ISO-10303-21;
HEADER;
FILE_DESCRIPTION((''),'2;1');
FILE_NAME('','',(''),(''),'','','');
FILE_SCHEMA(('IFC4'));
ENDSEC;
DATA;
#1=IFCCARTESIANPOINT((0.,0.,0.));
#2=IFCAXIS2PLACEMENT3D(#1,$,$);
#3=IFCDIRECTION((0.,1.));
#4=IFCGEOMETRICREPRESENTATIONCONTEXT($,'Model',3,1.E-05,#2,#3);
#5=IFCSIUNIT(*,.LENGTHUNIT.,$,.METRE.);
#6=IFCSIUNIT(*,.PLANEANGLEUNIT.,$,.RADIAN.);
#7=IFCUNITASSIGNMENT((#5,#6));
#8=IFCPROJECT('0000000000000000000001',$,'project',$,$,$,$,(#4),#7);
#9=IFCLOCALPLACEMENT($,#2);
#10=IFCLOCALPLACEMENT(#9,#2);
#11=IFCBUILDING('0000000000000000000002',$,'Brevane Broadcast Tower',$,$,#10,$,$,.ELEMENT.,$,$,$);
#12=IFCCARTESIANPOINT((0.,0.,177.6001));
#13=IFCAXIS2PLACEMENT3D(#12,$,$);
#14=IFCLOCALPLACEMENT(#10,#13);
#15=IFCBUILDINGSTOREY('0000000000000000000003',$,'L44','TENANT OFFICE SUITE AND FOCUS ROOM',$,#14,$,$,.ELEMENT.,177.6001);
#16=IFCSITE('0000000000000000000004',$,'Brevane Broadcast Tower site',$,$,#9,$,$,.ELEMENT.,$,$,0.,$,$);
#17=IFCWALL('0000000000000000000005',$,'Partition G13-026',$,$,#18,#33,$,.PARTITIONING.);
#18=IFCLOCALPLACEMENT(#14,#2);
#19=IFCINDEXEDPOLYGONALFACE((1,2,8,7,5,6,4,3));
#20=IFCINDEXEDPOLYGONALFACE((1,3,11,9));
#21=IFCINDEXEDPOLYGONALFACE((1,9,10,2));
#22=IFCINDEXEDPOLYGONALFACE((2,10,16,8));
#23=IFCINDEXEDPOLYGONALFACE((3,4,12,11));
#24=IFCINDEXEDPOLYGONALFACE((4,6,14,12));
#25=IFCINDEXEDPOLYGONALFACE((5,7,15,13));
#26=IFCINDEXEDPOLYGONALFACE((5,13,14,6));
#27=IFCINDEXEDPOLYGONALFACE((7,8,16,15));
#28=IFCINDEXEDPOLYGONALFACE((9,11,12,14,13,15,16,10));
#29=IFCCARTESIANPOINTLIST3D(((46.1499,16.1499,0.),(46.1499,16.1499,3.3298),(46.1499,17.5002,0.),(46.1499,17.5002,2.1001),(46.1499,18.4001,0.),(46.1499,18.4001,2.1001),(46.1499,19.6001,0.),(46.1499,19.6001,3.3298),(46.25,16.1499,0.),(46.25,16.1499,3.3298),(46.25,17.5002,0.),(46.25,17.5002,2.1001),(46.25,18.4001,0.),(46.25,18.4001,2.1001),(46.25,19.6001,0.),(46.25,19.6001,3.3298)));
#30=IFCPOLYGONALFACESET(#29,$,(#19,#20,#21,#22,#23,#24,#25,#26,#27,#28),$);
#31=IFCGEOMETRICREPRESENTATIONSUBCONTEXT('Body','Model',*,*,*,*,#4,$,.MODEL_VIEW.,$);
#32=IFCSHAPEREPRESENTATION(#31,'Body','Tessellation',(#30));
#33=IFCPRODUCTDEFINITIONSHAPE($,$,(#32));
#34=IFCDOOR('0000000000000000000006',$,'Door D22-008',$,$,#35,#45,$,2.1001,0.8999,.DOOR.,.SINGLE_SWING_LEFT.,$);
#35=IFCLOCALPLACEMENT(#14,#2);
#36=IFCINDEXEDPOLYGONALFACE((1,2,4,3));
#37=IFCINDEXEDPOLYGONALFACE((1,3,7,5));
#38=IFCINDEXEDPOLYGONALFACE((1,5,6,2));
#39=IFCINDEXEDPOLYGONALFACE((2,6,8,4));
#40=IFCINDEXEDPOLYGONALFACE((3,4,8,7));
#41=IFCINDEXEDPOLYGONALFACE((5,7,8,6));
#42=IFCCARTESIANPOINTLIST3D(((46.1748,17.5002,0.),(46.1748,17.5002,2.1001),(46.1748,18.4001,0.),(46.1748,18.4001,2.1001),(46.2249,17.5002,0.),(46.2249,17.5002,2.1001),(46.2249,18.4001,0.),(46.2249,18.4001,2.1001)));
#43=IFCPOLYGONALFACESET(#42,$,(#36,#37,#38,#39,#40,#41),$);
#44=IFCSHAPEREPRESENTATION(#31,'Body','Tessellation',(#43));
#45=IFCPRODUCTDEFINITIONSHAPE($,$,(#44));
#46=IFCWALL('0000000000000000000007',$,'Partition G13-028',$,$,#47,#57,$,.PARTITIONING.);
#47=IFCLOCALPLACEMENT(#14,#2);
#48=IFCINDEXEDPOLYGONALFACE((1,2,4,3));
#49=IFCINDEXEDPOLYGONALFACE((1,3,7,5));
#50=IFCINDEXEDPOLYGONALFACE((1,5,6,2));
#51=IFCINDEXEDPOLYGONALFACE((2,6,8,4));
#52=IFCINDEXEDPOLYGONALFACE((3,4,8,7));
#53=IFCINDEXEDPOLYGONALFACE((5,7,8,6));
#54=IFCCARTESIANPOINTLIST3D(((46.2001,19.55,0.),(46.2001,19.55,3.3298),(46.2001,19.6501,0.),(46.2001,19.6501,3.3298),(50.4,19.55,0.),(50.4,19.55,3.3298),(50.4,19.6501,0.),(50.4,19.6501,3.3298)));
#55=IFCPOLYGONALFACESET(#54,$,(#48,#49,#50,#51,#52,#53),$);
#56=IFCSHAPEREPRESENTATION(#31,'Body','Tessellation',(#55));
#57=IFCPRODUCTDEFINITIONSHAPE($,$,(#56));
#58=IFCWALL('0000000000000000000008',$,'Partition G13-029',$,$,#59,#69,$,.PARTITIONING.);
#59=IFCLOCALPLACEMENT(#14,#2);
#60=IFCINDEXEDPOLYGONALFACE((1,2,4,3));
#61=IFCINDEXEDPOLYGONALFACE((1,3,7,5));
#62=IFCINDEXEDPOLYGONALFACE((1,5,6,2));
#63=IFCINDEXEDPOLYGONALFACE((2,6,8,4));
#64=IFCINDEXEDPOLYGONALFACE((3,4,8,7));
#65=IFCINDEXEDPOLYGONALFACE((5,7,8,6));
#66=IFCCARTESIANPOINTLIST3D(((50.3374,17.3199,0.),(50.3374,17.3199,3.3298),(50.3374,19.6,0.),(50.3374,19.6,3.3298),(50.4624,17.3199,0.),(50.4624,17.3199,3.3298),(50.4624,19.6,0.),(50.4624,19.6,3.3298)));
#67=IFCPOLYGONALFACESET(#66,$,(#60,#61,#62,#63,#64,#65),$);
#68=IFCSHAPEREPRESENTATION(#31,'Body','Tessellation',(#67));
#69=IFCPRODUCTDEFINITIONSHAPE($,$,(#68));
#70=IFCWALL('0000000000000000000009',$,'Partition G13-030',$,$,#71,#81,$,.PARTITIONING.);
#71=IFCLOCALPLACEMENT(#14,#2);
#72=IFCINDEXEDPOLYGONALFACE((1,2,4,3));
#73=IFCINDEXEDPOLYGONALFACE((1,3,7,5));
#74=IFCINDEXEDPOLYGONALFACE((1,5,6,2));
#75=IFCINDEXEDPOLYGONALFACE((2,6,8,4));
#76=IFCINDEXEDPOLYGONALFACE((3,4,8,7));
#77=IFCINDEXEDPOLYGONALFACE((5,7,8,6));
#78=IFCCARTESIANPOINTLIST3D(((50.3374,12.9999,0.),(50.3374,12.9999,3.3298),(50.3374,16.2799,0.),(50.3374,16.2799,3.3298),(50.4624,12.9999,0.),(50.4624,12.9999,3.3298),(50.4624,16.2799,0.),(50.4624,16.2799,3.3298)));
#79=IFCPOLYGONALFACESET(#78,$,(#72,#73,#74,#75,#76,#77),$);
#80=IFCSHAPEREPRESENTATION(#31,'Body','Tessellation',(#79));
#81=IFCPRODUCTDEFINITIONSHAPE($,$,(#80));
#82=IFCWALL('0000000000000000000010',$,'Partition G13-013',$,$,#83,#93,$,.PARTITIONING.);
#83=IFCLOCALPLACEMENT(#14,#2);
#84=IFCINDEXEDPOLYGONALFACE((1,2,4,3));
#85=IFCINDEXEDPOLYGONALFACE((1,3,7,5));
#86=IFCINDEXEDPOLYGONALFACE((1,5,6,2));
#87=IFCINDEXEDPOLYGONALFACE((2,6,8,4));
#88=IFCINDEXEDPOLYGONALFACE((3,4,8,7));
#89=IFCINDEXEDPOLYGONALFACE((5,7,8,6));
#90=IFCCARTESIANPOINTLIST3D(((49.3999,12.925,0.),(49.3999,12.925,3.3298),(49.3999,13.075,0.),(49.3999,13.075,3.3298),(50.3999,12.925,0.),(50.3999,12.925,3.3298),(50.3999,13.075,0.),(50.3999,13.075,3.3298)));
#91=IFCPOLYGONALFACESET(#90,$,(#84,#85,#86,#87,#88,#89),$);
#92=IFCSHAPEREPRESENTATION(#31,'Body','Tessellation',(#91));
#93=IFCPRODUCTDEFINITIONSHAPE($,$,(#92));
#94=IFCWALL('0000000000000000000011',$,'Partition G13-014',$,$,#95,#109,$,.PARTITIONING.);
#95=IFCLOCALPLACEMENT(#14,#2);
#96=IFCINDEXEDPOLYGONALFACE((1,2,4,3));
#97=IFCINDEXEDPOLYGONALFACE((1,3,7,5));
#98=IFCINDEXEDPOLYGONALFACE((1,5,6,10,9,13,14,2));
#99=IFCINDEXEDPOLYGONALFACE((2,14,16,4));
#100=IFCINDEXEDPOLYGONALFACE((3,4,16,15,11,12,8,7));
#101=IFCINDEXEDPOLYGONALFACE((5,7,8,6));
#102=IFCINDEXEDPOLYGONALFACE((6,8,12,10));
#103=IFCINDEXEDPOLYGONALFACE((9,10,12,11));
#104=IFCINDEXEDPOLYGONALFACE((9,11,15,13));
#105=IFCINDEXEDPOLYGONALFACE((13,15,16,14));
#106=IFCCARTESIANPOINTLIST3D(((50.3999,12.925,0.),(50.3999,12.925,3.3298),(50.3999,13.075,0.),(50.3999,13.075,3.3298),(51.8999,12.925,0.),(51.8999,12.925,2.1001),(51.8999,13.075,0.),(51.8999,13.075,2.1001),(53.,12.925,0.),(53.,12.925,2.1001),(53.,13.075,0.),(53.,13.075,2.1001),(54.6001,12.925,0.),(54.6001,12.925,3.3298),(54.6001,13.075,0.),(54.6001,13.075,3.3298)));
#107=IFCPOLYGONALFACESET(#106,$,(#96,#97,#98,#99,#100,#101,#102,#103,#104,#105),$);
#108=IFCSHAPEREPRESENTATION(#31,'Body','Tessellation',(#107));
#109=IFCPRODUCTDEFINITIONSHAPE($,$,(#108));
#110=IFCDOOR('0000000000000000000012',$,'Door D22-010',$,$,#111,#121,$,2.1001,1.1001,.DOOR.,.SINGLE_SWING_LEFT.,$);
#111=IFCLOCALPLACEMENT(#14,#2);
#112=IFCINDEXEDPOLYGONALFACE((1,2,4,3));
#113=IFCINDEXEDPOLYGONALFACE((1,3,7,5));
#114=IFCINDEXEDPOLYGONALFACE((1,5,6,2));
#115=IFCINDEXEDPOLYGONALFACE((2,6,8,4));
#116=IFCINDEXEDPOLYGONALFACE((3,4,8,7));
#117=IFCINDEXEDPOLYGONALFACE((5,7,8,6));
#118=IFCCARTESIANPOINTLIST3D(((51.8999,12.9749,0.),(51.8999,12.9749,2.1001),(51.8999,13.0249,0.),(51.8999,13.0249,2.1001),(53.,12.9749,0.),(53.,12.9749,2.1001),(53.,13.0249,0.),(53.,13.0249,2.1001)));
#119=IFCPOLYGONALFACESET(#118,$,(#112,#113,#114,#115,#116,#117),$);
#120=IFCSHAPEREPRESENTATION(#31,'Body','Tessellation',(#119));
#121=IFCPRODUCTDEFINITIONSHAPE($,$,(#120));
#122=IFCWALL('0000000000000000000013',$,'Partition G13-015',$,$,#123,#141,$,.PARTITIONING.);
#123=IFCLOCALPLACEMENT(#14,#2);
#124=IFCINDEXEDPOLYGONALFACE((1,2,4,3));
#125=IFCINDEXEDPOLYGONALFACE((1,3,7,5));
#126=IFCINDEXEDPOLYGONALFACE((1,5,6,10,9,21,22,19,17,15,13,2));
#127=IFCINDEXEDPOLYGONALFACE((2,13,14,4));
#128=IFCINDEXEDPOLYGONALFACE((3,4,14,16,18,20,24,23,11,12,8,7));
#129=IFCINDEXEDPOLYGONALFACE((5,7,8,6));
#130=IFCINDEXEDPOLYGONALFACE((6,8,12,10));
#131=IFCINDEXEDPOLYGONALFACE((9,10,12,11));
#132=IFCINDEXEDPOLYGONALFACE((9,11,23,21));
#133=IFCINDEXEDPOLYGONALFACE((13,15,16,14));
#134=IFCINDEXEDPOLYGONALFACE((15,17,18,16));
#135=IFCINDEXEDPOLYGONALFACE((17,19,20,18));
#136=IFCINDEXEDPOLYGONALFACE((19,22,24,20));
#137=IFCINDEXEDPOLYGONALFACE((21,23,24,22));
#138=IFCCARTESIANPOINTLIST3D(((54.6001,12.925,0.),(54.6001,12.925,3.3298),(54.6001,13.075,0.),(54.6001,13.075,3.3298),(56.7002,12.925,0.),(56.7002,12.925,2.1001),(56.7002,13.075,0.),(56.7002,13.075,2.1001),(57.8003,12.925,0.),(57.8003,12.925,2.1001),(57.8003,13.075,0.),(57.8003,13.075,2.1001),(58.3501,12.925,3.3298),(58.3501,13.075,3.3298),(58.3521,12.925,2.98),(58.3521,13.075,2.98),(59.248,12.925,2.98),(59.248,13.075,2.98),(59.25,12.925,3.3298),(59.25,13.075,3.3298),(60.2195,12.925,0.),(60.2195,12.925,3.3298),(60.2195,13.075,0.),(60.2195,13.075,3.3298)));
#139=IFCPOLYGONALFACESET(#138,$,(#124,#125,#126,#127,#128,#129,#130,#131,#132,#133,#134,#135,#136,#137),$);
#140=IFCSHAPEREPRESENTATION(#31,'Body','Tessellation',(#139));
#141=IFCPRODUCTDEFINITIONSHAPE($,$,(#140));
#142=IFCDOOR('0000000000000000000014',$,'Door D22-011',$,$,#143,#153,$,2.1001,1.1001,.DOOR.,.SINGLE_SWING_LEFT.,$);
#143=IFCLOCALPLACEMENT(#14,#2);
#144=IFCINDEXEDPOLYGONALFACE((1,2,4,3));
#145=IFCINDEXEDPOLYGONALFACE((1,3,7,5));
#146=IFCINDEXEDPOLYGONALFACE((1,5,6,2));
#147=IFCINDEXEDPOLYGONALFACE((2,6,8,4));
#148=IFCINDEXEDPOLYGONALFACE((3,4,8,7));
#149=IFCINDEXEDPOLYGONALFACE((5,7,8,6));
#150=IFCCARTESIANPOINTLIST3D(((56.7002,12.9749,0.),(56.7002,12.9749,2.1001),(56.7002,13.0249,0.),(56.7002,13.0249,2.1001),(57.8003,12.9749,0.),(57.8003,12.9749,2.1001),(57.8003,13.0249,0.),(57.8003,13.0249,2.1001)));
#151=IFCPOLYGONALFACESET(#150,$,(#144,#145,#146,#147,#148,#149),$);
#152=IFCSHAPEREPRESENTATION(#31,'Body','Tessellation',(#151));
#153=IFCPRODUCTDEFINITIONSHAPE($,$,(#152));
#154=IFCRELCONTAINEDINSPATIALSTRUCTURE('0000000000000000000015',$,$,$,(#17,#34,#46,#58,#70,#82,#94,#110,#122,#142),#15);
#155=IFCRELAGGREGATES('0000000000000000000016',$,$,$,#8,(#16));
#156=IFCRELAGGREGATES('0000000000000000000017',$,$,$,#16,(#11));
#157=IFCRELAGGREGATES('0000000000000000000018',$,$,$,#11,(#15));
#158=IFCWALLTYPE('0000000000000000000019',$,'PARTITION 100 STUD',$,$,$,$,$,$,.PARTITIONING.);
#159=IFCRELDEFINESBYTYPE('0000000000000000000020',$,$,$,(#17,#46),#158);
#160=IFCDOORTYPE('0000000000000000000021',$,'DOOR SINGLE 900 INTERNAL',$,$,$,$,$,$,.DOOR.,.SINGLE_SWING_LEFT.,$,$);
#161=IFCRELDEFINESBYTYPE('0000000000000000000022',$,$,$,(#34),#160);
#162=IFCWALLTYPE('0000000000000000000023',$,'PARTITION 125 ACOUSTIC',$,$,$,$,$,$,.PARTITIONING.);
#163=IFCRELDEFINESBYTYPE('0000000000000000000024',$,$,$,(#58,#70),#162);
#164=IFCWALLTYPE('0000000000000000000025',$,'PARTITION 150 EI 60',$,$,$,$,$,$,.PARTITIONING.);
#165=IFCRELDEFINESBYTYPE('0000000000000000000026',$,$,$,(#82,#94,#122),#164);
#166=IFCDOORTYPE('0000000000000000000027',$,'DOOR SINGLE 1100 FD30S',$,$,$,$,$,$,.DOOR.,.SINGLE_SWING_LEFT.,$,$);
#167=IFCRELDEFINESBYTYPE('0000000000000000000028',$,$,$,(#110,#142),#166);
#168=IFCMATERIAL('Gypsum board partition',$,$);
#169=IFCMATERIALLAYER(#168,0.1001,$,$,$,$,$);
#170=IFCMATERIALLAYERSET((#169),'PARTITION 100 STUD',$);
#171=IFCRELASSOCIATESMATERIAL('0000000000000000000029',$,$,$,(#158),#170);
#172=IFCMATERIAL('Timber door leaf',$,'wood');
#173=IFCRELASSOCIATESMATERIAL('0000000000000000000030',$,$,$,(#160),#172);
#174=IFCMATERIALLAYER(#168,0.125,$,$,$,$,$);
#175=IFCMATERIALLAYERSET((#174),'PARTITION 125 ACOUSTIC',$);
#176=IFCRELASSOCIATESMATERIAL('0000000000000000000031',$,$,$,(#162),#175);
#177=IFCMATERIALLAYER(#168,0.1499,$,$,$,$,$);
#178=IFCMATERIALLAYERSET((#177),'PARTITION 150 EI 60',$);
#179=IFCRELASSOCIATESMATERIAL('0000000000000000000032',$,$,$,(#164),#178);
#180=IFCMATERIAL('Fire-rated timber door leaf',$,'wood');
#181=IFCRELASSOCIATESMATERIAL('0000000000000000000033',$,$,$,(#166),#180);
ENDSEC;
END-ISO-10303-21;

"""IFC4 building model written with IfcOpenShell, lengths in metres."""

from ifc_helpers import new_model, si_unit, direction, frame, frame_2d, origin, place, context, subcontext, project, spatial, polyline, rectangle, outline, extrude, material, layer, layer_set, type_object, element, fill, save


model = new_model("IFC4")

# Units and contexts
model_context = context("Model", 3, precision=1e-05, world=origin(), true_north=direction((0.0, 1.0)))
body_context = subcontext(model_context, "Body", "Model", "MODEL_VIEW")
ifc_project = project(units=[si_unit("LENGTHUNIT", "METRE"), si_unit("PLANEANGLEUNIT", "RADIAN")], contexts=[model_context])

# Site, building, storey
site_placement = place(None, origin())
site = spatial("IfcSite", under=ifc_project, at=site_placement, Name="Brevane Broadcast Tower site", CompositionType="ELEMENT", RefElevation=0.0)
building_placement = place(site_placement, origin())
building = spatial("IfcBuilding", under=site, at=building_placement, Name="Brevane Broadcast Tower", CompositionType="ELEMENT")
storey_placement = place(building_placement, frame((0.0, 0.0, 177.6001)))
storey = spatial("IfcBuildingStorey", under=building, at=storey_placement, Name="L44", Description="TENANT OFFICE SUITE AND FOCUS ROOM", CompositionType="ELEMENT", Elevation=177.6001)

# Wall, opening, door
ifc_material_1 = material(Name="Gypsum board partition")
ifc_layer_1 = layer(ifc_material_1, 0.1001)
ifc_layer_set_1 = layer_set([ifc_layer_1], Name="PARTITION 100 STUD")
wall_type_1 = type_object("IfcWallType", Name="PARTITION 100 STUD", PredefinedType="PARTITIONING", material=ifc_layer_set_1)
wall_1_placement = place(storey_placement, frame((46.2, 19.6001, 0.0), z_axis=(0.0, 0.0, 1.0), x_axis=(0.0, -1.0, 0.0)))
wall_1 = element("IfcWall", 1, at=wall_1_placement, inside=storey, type_object=wall_type_1, Name="Partition G13-026", PredefinedType="PARTITIONING", context=body_context, shape_type="SweptSolid", body=[
    extrude(rectangle(XDim=3.4502, YDim=0.1001, at=frame_2d((1.7251, 0.0))), origin(), (0.0, 0.0, 1.0), 3.3298),
])
opening_1_placement = place(wall_1_placement, frame((1.2, 0.0, 0.0)))
opening_1 = element("IfcOpeningElement", 2, at=opening_1_placement, cuts=wall_1, PredefinedType="OPENING", context=body_context, shape_type="SweptSolid", body=[
    extrude(rectangle(XDim=0.8999, YDim=2.1001, at=frame_2d((0.45, 1.05))), frame((0.0, 0.0601, 0.0), z_axis=(0.0, -1.0, 0.0), x_axis=(1.0, 0.0, 0.0)), (0.0, 0.0, 1.0), 0.1201),
])
ifc_material_2 = material(Name="Timber door leaf", Category="wood")
door_type_1 = type_object("IfcDoorType", Name="DOOR SINGLE 900 INTERNAL", OperationType="SINGLE_SWING_LEFT", PredefinedType="DOOR", material=ifc_material_2)
door_1_placement = place(opening_1_placement, origin())
door_1 = element("IfcDoor", 3, at=door_1_placement, inside=storey, type_object=door_type_1, Name="Door D22-008", OperationType="SINGLE_SWING_LEFT", OverallHeight=2.1001, OverallWidth=0.8999, PredefinedType="DOOR", context=body_context, shape_type="SweptSolid", body=[
    extrude(rectangle(XDim=0.8999, YDim=2.1001, at=frame_2d((0.45, 1.05))), frame((0.0, 0.0249, 0.0), z_axis=(0.0, -1.0, 0.0), x_axis=(1.0, 0.0, 0.0)), (0.0, 0.0, 1.0), 0.05),
])
fill(opening_1, door_1)

# Walls
wall_2_placement = place(storey_placement, frame((46.2, 19.6001, 0.0), z_axis=(0.0, 0.0, 1.0), x_axis=(1.0, 0.0, 0.0)))
element("IfcWall", 4, at=wall_2_placement, inside=storey, type_object=wall_type_1, Name="Partition G13-028", PredefinedType="PARTITIONING", context=body_context, shape_type="SweptSolid", body=[
    extrude(rectangle(XDim=4.2, YDim=0.1001, at=frame_2d((2.1001, 0.0))), origin(), (0.0, 0.0, 1.0), 3.3298),
])
ifc_layer_2 = layer(ifc_material_1, 0.125)
ifc_layer_set_2 = layer_set([ifc_layer_2], Name="PARTITION 125 ACOUSTIC")
wall_type_2 = type_object("IfcWallType", Name="PARTITION 125 ACOUSTIC", PredefinedType="PARTITIONING", material=ifc_layer_set_2)
wall_3_placement = place(storey_placement, frame((50.3999, 19.6001, 0.0), z_axis=(0.0, 0.0, 1.0), x_axis=(0.0, -1.0, 0.0)))
element("IfcWall", 5, at=wall_3_placement, inside=storey, type_object=wall_type_2, Name="Partition G13-029", PredefinedType="PARTITIONING", context=body_context, shape_type="SweptSolid", body=[
    extrude(rectangle(XDim=2.28, YDim=0.125, at=frame_2d((1.1401, 0.0))), origin(), (0.0, 0.0, 1.0), 3.3298),
])
wall_4_placement = place(storey_placement, frame((50.3999, 16.28, 0.0), z_axis=(0.0, 0.0, 1.0), x_axis=(0.0, -1.0, 0.0)))
element("IfcWall", 6, at=wall_4_placement, inside=storey, type_object=wall_type_2, Name="Partition G13-030", PredefinedType="PARTITIONING", context=body_context, shape_type="SweptSolid", body=[
    extrude(rectangle(XDim=3.28, YDim=0.125, at=frame_2d((1.6401, 0.0))), origin(), (0.0, 0.0, 1.0), 3.3298),
])
ifc_layer_3 = layer(ifc_material_1, 0.1499)
ifc_layer_set_3 = layer_set([ifc_layer_3], Name="PARTITION 150 EI 60")
wall_type_3 = type_object("IfcWallType", Name="PARTITION 150 EI 60", PredefinedType="PARTITIONING", material=ifc_layer_set_3)
wall_5_placement = place(storey_placement, frame((49.3999, 13.0, 0.0), z_axis=(0.0, 0.0, 1.0), x_axis=(1.0, 0.0, 0.0)))
element("IfcWall", 7, at=wall_5_placement, inside=storey, type_object=wall_type_3, Name="Partition G13-013", PredefinedType="PARTITIONING", context=body_context, shape_type="SweptSolid", body=[
    extrude(rectangle(XDim=1.0, YDim=0.1499, at=frame_2d((0.5, 0.0))), origin(), (0.0, 0.0, 1.0), 3.3298),
])

# Walls, openings, doors
wall_6_placement = place(storey_placement, frame((50.3999, 13.0, 0.0), z_axis=(0.0, 0.0, 1.0), x_axis=(1.0, 0.0, 0.0)))
wall_6 = element("IfcWall", 8, at=wall_6_placement, inside=storey, type_object=wall_type_3, Name="Partition G13-014", PredefinedType="PARTITIONING", context=body_context, shape_type="SweptSolid", body=[
    extrude(rectangle(XDim=4.2002, YDim=0.1499, at=frame_2d((2.1001, 0.0))), origin(), (0.0, 0.0, 1.0), 3.3298),
])
opening_2_placement = place(wall_6_placement, frame((1.5, 0.0, 0.0)))
opening_2 = element("IfcOpeningElement", 9, at=opening_2_placement, cuts=wall_6, PredefinedType="OPENING", context=body_context, shape_type="SweptSolid", body=[
    extrude(rectangle(XDim=1.1001, YDim=2.1001, at=frame_2d((0.55, 1.05))), frame((0.0, 0.085, 0.0), z_axis=(0.0, -1.0, 0.0), x_axis=(1.0, 0.0, 0.0)), (0.0, 0.0, 1.0), 0.1699),
])
ifc_material_3 = material(Name="Fire-rated timber door leaf", Category="wood")
door_type_2 = type_object("IfcDoorType", Name="DOOR SINGLE 1100 FD30S", OperationType="SINGLE_SWING_LEFT", PredefinedType="DOOR", material=ifc_material_3)
door_2_placement = place(opening_2_placement, origin())
door_2 = element("IfcDoor", 10, at=door_2_placement, inside=storey, type_object=door_type_2, Name="Door D22-010", OperationType="SINGLE_SWING_LEFT", OverallHeight=2.1001, OverallWidth=1.1001, PredefinedType="DOOR", context=body_context, shape_type="SweptSolid", body=[
    extrude(rectangle(XDim=1.1001, YDim=2.1001, at=frame_2d((0.55, 1.05))), frame((0.0, 0.0249, 0.0), z_axis=(0.0, -1.0, 0.0), x_axis=(1.0, 0.0, 0.0)), (0.0, 0.0, 1.0), 0.05),
])
fill(opening_2, door_2)
wall_7_placement = place(storey_placement, frame((54.6001, 13.0, 0.0), z_axis=(0.0, 0.0, 1.0), x_axis=(1.0, 0.0, 0.0)))
wall_7 = element("IfcWall", 11, at=wall_7_placement, inside=storey, type_object=wall_type_3, Name="Partition G13-015", PredefinedType="PARTITIONING", context=body_context, shape_type="SweptSolid", body=[
    extrude(outline(polyline([(0.0, 0.0), (5.6194, 0.0), (5.6194, 3.3298), (5.28, 3.3298), (4.6499, 3.3298), (4.6479, 2.98), (3.752, 2.98), (3.75, 3.3298), (0.0, 3.3298), (0.0, 0.0)])), frame((0.0, 0.075, 0.0), z_axis=(0.0, -1.0, 0.0), x_axis=(1.0, 0.0, 0.0)), (0.0, 0.0, 1.0), 0.1499),
])
opening_3_placement = place(wall_7_placement, frame((2.1001, 0.0, 0.0)))
opening_3 = element("IfcOpeningElement", 12, at=opening_3_placement, cuts=wall_7, PredefinedType="OPENING", context=body_context, shape_type="SweptSolid", body=[
    extrude(rectangle(XDim=1.1001, YDim=2.1001, at=frame_2d((0.55, 1.05))), frame((0.0, 0.085, 0.0), z_axis=(0.0, -1.0, 0.0), x_axis=(1.0, 0.0, 0.0)), (0.0, 0.0, 1.0), 0.1699),
])
door_3_placement = place(opening_3_placement, origin())
door_3 = element("IfcDoor", 13, at=door_3_placement, inside=storey, type_object=door_type_2, Name="Door D22-011", OperationType="SINGLE_SWING_LEFT", OverallHeight=2.1001, OverallWidth=1.1001, PredefinedType="DOOR", context=body_context, shape_type="SweptSolid", body=[
    extrude(rectangle(XDim=1.1001, YDim=2.1001, at=frame_2d((0.55, 1.05))), frame((0.0, 0.0249, 0.0), z_axis=(0.0, -1.0, 0.0), x_axis=(1.0, 0.0, 0.0)), (0.0, 0.0, 1.0), 0.05),
])
fill(opening_3, door_3)

save(model, "model.ifc")
